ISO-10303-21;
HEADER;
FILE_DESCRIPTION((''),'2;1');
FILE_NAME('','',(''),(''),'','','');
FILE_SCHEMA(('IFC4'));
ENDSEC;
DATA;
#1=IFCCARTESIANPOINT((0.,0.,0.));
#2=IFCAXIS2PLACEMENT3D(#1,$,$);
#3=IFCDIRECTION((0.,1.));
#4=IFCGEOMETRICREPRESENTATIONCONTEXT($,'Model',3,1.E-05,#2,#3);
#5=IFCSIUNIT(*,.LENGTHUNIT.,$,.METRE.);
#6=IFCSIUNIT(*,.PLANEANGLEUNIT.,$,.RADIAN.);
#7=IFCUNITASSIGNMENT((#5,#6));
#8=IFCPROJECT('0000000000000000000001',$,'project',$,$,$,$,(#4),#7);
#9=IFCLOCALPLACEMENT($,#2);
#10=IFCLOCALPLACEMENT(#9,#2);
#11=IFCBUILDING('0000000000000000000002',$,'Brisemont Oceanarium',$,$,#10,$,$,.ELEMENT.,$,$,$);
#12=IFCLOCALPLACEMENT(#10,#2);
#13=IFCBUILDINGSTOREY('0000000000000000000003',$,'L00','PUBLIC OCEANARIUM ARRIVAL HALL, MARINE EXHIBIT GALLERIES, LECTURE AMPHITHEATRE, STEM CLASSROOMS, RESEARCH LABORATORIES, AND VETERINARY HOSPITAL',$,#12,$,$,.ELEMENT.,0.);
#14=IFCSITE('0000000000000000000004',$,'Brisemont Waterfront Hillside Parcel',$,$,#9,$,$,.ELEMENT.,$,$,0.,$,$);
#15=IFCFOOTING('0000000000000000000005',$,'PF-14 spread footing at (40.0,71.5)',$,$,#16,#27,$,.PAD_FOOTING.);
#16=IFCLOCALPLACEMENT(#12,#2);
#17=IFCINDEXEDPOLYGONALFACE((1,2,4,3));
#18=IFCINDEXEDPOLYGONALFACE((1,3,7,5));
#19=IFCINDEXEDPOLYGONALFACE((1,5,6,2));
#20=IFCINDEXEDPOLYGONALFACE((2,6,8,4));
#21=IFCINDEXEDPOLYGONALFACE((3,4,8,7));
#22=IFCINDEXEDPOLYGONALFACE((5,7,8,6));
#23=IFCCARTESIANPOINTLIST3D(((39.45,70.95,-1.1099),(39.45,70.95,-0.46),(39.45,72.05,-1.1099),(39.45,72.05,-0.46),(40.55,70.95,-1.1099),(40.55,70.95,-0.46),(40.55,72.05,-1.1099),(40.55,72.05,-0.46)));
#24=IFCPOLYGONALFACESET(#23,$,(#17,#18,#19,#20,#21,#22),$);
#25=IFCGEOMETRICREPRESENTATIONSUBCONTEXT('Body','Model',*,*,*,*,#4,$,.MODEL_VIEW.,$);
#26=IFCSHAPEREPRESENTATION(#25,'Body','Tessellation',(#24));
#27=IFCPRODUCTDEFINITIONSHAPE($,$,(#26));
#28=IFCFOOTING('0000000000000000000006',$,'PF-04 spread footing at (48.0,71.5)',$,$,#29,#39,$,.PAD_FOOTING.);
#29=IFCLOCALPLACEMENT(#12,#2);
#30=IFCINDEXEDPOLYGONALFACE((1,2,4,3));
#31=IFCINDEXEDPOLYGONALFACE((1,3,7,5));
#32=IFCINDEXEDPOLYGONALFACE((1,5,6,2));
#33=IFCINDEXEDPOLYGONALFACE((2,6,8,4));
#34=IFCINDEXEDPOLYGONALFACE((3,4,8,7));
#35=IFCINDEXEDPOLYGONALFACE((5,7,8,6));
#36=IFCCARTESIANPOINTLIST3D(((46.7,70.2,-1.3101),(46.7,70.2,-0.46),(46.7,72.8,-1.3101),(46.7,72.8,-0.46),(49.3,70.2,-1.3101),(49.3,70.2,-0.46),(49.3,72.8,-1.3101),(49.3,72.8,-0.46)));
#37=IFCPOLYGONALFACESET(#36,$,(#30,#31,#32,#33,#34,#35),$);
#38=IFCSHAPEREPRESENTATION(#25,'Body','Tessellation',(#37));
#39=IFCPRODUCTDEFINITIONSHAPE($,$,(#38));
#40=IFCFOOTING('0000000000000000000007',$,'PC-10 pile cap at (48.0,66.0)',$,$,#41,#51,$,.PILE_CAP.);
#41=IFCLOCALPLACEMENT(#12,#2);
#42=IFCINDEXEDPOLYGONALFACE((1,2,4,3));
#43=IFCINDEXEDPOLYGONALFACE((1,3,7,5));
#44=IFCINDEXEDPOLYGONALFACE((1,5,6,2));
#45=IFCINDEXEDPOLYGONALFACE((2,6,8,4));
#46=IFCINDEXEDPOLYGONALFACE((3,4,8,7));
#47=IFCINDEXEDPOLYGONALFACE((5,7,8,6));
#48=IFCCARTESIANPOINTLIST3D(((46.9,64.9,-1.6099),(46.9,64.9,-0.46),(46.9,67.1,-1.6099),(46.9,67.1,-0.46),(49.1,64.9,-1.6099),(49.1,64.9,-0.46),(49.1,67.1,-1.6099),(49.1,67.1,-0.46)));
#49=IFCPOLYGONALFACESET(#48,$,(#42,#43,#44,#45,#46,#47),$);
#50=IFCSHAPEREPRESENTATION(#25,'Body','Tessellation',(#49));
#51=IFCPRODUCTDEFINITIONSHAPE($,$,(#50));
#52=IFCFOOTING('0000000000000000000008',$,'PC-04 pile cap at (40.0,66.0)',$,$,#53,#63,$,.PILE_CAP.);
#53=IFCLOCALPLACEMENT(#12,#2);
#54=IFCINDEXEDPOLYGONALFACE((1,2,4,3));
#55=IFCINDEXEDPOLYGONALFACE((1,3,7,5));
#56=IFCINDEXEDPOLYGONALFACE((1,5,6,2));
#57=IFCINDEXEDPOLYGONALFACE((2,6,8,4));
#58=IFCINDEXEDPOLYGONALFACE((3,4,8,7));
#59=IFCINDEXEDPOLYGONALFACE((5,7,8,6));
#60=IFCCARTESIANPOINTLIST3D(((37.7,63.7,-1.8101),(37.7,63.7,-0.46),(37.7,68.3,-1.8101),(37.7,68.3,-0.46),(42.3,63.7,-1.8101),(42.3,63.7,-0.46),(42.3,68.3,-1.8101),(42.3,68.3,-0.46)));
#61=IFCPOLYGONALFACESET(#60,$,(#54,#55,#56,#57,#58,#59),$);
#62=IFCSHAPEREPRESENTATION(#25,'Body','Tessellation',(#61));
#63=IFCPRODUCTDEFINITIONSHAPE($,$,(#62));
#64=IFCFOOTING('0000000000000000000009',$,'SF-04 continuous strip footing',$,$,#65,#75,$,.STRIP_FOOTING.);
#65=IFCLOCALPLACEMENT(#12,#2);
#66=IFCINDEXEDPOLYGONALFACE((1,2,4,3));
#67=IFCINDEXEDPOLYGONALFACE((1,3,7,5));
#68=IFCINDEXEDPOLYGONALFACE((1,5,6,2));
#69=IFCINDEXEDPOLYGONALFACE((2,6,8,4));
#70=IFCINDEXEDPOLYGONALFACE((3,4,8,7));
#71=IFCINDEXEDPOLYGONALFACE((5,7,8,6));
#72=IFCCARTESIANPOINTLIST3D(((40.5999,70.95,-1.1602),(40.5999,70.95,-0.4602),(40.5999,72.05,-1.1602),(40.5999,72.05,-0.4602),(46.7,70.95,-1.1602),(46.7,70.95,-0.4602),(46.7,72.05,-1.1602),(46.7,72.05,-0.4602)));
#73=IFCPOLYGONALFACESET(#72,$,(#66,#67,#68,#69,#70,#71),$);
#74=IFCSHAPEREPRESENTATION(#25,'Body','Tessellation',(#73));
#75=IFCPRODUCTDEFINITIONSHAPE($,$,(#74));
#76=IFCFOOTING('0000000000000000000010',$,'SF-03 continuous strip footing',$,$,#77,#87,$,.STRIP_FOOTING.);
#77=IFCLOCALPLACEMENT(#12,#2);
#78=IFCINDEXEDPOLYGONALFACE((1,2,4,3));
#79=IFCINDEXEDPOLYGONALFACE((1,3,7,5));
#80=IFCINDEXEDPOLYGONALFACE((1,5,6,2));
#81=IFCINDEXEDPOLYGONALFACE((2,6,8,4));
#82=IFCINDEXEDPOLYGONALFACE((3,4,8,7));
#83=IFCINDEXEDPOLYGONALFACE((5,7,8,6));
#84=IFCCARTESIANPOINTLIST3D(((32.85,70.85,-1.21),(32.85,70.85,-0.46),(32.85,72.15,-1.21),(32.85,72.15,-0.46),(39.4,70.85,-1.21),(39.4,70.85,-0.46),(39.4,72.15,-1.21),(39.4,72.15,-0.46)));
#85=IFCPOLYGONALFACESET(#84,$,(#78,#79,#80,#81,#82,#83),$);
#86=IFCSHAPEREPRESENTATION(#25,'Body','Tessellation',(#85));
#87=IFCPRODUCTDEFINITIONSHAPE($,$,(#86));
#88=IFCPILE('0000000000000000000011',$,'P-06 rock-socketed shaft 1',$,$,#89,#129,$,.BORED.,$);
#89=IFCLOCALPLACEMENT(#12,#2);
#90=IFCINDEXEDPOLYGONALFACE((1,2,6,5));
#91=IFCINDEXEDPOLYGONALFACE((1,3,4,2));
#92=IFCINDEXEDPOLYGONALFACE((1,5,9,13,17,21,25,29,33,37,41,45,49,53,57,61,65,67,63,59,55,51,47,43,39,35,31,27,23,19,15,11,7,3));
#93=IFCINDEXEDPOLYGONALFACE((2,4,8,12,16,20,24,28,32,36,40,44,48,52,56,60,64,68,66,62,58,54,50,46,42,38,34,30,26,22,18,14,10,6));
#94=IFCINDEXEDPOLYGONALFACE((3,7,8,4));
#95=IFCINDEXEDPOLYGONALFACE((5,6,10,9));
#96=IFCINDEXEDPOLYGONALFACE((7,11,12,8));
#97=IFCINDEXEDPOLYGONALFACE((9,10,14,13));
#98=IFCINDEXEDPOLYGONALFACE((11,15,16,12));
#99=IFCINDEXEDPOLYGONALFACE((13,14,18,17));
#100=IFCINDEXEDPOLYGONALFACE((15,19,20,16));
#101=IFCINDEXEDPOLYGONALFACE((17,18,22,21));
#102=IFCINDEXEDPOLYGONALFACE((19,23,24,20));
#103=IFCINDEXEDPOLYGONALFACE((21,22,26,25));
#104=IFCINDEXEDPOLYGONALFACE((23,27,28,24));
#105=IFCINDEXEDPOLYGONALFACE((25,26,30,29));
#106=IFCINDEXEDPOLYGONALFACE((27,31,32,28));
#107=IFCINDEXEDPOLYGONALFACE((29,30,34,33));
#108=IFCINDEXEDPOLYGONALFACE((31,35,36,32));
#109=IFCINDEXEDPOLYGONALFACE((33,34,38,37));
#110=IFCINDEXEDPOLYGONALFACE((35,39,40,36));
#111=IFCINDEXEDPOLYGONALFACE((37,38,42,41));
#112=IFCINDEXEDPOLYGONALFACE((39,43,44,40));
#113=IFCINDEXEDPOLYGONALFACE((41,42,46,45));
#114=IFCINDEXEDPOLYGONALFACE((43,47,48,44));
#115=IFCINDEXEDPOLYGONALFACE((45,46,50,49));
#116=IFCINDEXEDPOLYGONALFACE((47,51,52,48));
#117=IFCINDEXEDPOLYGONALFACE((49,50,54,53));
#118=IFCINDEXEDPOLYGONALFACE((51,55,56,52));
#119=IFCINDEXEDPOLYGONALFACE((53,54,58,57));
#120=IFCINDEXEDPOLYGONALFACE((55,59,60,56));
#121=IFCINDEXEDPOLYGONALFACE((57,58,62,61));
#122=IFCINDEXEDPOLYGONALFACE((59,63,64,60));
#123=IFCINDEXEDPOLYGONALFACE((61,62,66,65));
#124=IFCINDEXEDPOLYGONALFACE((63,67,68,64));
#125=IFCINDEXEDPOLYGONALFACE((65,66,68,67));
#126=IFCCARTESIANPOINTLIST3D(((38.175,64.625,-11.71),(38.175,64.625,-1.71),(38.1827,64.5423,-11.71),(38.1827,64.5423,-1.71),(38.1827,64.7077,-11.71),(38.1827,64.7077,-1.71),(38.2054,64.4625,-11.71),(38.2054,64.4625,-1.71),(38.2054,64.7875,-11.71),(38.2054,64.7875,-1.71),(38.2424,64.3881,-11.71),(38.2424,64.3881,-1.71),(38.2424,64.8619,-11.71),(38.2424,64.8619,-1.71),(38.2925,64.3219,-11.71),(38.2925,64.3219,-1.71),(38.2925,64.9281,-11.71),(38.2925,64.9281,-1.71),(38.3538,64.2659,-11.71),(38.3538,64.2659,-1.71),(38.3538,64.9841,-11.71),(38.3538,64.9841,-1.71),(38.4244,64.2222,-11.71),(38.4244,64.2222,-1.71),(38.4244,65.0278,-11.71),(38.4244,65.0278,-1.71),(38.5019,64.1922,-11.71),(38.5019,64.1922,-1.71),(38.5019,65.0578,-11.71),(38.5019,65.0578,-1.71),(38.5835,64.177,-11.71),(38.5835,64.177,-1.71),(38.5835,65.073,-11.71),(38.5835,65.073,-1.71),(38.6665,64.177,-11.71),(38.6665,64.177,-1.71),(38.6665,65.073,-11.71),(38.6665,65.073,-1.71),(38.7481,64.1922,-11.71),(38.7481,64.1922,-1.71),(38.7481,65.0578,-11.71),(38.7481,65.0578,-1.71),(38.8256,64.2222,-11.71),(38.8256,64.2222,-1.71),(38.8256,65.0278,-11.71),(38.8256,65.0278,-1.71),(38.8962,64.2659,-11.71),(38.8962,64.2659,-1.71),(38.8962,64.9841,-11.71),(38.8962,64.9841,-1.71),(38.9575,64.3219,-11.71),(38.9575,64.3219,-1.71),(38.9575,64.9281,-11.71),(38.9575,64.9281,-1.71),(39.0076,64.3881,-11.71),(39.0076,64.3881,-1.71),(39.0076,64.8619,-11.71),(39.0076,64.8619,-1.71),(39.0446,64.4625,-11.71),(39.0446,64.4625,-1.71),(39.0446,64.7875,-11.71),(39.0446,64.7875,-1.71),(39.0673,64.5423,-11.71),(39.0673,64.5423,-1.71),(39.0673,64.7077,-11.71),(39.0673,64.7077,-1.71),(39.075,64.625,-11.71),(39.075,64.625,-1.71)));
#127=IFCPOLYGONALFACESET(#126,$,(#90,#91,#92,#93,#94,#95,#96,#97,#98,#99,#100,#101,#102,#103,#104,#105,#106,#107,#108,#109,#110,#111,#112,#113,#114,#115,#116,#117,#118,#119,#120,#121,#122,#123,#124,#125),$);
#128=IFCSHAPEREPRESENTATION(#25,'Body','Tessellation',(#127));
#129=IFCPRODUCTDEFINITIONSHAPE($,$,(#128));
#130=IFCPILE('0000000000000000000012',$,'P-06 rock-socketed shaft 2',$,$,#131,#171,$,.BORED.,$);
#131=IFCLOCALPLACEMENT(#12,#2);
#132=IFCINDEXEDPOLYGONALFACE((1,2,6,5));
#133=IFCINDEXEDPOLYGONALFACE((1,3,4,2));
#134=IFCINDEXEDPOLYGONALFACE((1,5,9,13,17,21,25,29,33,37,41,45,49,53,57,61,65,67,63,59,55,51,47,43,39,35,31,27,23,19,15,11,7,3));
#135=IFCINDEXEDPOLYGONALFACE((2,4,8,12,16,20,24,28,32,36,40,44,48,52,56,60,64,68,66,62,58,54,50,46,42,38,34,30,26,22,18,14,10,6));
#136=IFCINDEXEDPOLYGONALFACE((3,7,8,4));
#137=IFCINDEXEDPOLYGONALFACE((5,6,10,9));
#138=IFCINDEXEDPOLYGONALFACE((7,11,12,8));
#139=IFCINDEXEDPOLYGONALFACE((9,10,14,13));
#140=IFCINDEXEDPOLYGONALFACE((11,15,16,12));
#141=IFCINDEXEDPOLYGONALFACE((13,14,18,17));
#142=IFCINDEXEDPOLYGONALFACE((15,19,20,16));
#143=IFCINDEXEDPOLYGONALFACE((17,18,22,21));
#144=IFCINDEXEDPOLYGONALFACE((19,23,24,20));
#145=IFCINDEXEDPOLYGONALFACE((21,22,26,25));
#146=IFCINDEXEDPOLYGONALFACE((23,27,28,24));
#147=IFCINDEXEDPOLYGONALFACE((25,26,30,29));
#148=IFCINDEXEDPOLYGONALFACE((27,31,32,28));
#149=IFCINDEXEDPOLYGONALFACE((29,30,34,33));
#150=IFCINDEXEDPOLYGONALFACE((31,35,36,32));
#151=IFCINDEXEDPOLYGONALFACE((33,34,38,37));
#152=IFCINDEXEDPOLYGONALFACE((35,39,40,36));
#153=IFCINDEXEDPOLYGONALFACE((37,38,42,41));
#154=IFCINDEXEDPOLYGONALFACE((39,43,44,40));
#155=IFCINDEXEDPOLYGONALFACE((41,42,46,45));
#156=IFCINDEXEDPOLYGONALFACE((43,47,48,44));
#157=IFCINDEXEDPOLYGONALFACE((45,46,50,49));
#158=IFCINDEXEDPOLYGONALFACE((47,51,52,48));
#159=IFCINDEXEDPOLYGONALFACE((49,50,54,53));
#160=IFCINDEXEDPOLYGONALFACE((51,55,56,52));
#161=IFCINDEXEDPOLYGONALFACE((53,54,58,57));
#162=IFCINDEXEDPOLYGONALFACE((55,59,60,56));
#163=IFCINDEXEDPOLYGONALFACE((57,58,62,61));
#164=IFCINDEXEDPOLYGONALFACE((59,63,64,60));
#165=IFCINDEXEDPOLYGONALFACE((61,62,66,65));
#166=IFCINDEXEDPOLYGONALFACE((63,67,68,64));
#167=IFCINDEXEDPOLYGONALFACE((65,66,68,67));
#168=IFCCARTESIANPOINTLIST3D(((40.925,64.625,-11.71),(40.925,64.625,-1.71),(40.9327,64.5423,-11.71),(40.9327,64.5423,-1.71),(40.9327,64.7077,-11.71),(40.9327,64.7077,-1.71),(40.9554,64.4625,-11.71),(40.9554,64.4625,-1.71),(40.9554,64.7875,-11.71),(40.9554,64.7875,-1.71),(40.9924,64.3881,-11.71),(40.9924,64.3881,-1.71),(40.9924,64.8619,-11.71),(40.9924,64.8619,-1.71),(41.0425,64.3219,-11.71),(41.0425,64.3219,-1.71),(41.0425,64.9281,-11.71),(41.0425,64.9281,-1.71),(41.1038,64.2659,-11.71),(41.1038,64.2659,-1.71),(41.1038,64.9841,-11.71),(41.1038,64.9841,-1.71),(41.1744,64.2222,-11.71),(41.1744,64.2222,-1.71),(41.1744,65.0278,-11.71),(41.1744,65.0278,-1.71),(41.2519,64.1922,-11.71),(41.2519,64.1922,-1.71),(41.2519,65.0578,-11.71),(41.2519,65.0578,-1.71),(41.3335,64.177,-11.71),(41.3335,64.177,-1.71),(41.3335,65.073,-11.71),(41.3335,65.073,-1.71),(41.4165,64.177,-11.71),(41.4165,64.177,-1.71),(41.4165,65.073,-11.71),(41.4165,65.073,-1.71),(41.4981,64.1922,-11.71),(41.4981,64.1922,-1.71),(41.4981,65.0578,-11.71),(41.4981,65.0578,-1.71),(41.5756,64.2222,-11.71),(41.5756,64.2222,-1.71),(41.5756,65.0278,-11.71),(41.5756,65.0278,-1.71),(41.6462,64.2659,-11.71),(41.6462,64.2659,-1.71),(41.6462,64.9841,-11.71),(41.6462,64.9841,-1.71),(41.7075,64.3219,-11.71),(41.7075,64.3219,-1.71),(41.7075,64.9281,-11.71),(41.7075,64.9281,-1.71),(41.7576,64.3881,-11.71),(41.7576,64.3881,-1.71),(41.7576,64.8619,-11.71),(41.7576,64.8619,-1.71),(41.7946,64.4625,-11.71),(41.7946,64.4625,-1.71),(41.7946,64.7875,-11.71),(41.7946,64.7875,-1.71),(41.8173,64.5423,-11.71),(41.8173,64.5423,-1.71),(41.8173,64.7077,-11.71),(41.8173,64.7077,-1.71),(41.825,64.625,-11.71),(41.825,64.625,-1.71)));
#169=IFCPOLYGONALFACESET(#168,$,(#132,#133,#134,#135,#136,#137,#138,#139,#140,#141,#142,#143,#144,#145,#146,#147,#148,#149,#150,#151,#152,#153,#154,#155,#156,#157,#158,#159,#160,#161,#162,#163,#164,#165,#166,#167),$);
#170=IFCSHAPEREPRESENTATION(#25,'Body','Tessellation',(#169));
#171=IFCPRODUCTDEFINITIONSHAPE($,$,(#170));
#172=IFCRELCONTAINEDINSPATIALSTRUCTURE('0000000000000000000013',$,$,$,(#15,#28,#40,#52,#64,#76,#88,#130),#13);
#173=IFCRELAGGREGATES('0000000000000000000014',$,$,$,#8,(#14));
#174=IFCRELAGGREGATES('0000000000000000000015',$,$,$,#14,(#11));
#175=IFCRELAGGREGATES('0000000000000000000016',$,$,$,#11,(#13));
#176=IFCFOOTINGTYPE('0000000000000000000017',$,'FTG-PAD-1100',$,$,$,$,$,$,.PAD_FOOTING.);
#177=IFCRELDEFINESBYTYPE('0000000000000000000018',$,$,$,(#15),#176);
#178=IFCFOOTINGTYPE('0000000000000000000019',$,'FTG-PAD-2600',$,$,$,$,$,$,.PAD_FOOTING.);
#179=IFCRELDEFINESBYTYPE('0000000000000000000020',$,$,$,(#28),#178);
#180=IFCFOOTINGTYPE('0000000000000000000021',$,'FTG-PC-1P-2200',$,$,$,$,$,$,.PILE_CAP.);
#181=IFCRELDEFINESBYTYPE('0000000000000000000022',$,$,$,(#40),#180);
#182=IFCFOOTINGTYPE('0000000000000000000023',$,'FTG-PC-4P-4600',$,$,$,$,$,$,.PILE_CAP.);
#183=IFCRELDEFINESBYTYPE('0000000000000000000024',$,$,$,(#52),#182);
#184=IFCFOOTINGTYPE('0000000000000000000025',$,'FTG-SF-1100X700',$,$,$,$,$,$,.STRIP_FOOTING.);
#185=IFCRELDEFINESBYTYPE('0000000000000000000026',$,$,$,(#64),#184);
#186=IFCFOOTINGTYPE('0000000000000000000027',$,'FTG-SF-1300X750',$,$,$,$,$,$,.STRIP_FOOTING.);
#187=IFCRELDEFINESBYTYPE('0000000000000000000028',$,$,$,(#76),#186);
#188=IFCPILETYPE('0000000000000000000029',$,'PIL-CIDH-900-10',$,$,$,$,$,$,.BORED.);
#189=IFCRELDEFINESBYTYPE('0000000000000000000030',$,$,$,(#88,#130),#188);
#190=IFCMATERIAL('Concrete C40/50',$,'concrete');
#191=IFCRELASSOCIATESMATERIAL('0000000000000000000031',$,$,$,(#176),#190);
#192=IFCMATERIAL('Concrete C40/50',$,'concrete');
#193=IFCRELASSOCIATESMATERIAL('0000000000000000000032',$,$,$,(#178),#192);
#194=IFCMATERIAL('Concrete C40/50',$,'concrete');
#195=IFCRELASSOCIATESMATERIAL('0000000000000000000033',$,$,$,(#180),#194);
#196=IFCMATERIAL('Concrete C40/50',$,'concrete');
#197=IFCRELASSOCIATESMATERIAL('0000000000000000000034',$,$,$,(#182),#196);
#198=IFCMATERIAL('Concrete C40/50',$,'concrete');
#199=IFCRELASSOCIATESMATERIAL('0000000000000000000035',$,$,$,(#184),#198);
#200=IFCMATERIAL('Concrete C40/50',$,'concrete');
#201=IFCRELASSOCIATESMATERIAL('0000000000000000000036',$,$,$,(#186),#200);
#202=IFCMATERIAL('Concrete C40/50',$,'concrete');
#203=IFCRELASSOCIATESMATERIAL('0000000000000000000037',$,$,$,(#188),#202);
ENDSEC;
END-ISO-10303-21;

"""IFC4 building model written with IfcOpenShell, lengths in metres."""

from ifc_helpers import new_model, si_unit, direction, frame, origin, origin_2d, place, context, subcontext, project, spatial, rectangle, circle, extrude, material, material_profile, profile_set, type_object, element, save


model = new_model("IFC4")

# Units and contexts
model_context = context("Model", 3, precision=1e-05, world=origin(), true_north=direction((0.0, 1.0)))
body_context = subcontext(model_context, "Body", "Model", "MODEL_VIEW")
ifc_project = project(units=[si_unit("LENGTHUNIT", "METRE"), si_unit("PLANEANGLEUNIT", "RADIAN")], contexts=[model_context])

# Site, building, storey
site_placement = place(None, origin())
site = spatial("IfcSite", under=ifc_project, at=site_placement, Name="Brisemont Waterfront Hillside Parcel", CompositionType="ELEMENT", RefElevation=0.0)
building_placement = place(site_placement, origin())
building = spatial("IfcBuilding", under=site, at=building_placement, Name="Brisemont Oceanarium", CompositionType="ELEMENT")
storey_placement = place(building_placement, origin())
storey = spatial("IfcBuildingStorey", under=building, at=storey_placement, Name="L00", Description="PUBLIC OCEANARIUM ARRIVAL HALL, MARINE EXHIBIT GALLERIES, LECTURE AMPHITHEATRE, STEM CLASSROOMS, RESEARCH LABORATORIES, AND VETERINARY HOSPITAL", CompositionType="ELEMENT", Elevation=0.0)

# Footings
ifc_material_1 = material(Name="Concrete C40/50", Category="concrete")
footing_type_1 = type_object("IfcFootingType", Name="FTG-PAD-1100", PredefinedType="PAD_FOOTING", material=ifc_material_1)
footing_1_placement = place(storey_placement, frame((40.0, 71.5, -1.1099), z_axis=(0.0, 0.0, 1.0), x_axis=(1.0, 0.0, 0.0)))
element("IfcFooting", 1, at=footing_1_placement, inside=storey, type_object=footing_type_1, Name="PF-14 spread footing at (40.0,71.5)", PredefinedType="PAD_FOOTING", context=body_context, shape_type="SweptSolid", body=[
    extrude(rectangle(XDim=1.1001, YDim=1.1001, at=origin_2d()), origin(), (0.0, 0.0, 1.0), 0.6499),
])
ifc_material_2 = material(Name="Concrete C40/50", Category="concrete")
footing_type_2 = type_object("IfcFootingType", Name="FTG-PAD-2600", PredefinedType="PAD_FOOTING", material=ifc_material_2)
footing_2_placement = place(storey_placement, frame((48.0, 71.5, -1.3101), z_axis=(0.0, 0.0, 1.0), x_axis=(1.0, 0.0, 0.0)))
element("IfcFooting", 2, at=footing_2_placement, inside=storey, type_object=footing_type_2, Name="PF-04 spread footing at (48.0,71.5)", PredefinedType="PAD_FOOTING", context=body_context, shape_type="SweptSolid", body=[
    extrude(rectangle(XDim=2.6001, YDim=2.6001, at=origin_2d()), origin(), (0.0, 0.0, 1.0), 0.8501),
])
ifc_material_3 = material(Name="Concrete C40/50", Category="concrete")
footing_type_3 = type_object("IfcFootingType", Name="FTG-PC-1P-2200", PredefinedType="PILE_CAP", material=ifc_material_3)
footing_3_placement = place(storey_placement, frame((48.0, 66.0, -1.6099), z_axis=(0.0, 0.0, 1.0), x_axis=(1.0, 0.0, 0.0)))
element("IfcFooting", 3, at=footing_3_placement, inside=storey, type_object=footing_type_3, Name="PC-10 pile cap at (48.0,66.0)", PredefinedType="PILE_CAP", context=body_context, shape_type="SweptSolid", body=[
    extrude(rectangle(XDim=2.2, YDim=2.2, at=origin_2d()), origin(), (0.0, 0.0, 1.0), 1.1499),
])
ifc_material_4 = material(Name="Concrete C40/50", Category="concrete")
footing_type_4 = type_object("IfcFootingType", Name="FTG-PC-4P-4600", PredefinedType="PILE_CAP", material=ifc_material_4)
footing_4_placement = place(storey_placement, frame((40.0, 66.0, -1.8101), z_axis=(0.0, 0.0, 1.0), x_axis=(1.0, 0.0, 0.0)))
element("IfcFooting", 4, at=footing_4_placement, inside=storey, type_object=footing_type_4, Name="PC-04 pile cap at (40.0,66.0)", PredefinedType="PILE_CAP", context=body_context, shape_type="SweptSolid", body=[
    extrude(rectangle(XDim=4.6001, YDim=4.6001, at=origin_2d()), origin(), (0.0, 0.0, 1.0), 1.3501),
])
ifc_material_5 = material(Name="Concrete C40/50", Category="concrete")
footing_type_5 = type_object("IfcFootingType", Name="FTG-SF-1100X700", PredefinedType="STRIP_FOOTING", material=ifc_material_5)
footing_5_placement = place(storey_placement, frame((43.6499, 71.5, -1.1602), z_axis=(0.0, 0.0, 1.0), x_axis=(1.0, 0.0, 0.0)))
element("IfcFooting", 5, at=footing_5_placement, inside=storey, type_object=footing_type_5, Name="SF-04 continuous strip footing", PredefinedType="STRIP_FOOTING", context=body_context, shape_type="SweptSolid", body=[
    extrude(rectangle(XDim=6.1001, YDim=1.1001, at=origin_2d()), origin(), (0.0, 0.0, 1.0), 0.7),
])
ifc_material_6 = material(Name="Concrete C40/50", Category="concrete")
footing_type_6 = type_object("IfcFootingType", Name="FTG-SF-1300X750", PredefinedType="STRIP_FOOTING", material=ifc_material_6)
footing_6_placement = place(storey_placement, frame((36.125, 71.5, -1.21), z_axis=(0.0, 0.0, 1.0), x_axis=(1.0, 0.0, 0.0)))
element("IfcFooting", 6, at=footing_6_placement, inside=storey, type_object=footing_type_6, Name="SF-03 continuous strip footing", PredefinedType="STRIP_FOOTING", context=body_context, shape_type="SweptSolid", body=[
    extrude(rectangle(XDim=6.55, YDim=1.3, at=origin_2d()), origin(), (0.0, 0.0, 1.0), 0.75),
])

# Piles
ifc_material_7 = material(Name="Concrete C40/50", Category="concrete")
ifc_material_profile_1 = material_profile(ifc_material_7, circle(Radius=0.45, at=origin_2d()), Name="CIDH-D900")
ifc_profile_set_1 = profile_set([ifc_material_profile_1], Name="Concrete C40/50")
pile_type = type_object("IfcPileType", Name="PIL-CIDH-900-10", PredefinedType="BORED", material=ifc_profile_set_1)
for number, where, z_axis, x_axis, name in (
    (7, (38.625, 64.625, -1.71), (0.0, 0.0, -1.0), (1.0, 0.0, 0.0), "P-06 rock-socketed shaft 1"),
    (8, (41.375, 64.625, -1.71), (0.0, 0.0, -1.0), (1.0, 0.0, 0.0), "P-06 rock-socketed shaft 2"),
):
    element("IfcPile", number, at=place(storey_placement, frame(where, z_axis=z_axis, x_axis=x_axis)), inside=storey, type_object=pile_type, Name=name, PredefinedType="BORED", context=body_context, shape_type="SweptSolid", body=[
        extrude(circle(Radius=0.45, at=origin_2d()), origin(), (0.0, 0.0, 1.0), 10.0),
    ])

save(model, "model.ifc")
